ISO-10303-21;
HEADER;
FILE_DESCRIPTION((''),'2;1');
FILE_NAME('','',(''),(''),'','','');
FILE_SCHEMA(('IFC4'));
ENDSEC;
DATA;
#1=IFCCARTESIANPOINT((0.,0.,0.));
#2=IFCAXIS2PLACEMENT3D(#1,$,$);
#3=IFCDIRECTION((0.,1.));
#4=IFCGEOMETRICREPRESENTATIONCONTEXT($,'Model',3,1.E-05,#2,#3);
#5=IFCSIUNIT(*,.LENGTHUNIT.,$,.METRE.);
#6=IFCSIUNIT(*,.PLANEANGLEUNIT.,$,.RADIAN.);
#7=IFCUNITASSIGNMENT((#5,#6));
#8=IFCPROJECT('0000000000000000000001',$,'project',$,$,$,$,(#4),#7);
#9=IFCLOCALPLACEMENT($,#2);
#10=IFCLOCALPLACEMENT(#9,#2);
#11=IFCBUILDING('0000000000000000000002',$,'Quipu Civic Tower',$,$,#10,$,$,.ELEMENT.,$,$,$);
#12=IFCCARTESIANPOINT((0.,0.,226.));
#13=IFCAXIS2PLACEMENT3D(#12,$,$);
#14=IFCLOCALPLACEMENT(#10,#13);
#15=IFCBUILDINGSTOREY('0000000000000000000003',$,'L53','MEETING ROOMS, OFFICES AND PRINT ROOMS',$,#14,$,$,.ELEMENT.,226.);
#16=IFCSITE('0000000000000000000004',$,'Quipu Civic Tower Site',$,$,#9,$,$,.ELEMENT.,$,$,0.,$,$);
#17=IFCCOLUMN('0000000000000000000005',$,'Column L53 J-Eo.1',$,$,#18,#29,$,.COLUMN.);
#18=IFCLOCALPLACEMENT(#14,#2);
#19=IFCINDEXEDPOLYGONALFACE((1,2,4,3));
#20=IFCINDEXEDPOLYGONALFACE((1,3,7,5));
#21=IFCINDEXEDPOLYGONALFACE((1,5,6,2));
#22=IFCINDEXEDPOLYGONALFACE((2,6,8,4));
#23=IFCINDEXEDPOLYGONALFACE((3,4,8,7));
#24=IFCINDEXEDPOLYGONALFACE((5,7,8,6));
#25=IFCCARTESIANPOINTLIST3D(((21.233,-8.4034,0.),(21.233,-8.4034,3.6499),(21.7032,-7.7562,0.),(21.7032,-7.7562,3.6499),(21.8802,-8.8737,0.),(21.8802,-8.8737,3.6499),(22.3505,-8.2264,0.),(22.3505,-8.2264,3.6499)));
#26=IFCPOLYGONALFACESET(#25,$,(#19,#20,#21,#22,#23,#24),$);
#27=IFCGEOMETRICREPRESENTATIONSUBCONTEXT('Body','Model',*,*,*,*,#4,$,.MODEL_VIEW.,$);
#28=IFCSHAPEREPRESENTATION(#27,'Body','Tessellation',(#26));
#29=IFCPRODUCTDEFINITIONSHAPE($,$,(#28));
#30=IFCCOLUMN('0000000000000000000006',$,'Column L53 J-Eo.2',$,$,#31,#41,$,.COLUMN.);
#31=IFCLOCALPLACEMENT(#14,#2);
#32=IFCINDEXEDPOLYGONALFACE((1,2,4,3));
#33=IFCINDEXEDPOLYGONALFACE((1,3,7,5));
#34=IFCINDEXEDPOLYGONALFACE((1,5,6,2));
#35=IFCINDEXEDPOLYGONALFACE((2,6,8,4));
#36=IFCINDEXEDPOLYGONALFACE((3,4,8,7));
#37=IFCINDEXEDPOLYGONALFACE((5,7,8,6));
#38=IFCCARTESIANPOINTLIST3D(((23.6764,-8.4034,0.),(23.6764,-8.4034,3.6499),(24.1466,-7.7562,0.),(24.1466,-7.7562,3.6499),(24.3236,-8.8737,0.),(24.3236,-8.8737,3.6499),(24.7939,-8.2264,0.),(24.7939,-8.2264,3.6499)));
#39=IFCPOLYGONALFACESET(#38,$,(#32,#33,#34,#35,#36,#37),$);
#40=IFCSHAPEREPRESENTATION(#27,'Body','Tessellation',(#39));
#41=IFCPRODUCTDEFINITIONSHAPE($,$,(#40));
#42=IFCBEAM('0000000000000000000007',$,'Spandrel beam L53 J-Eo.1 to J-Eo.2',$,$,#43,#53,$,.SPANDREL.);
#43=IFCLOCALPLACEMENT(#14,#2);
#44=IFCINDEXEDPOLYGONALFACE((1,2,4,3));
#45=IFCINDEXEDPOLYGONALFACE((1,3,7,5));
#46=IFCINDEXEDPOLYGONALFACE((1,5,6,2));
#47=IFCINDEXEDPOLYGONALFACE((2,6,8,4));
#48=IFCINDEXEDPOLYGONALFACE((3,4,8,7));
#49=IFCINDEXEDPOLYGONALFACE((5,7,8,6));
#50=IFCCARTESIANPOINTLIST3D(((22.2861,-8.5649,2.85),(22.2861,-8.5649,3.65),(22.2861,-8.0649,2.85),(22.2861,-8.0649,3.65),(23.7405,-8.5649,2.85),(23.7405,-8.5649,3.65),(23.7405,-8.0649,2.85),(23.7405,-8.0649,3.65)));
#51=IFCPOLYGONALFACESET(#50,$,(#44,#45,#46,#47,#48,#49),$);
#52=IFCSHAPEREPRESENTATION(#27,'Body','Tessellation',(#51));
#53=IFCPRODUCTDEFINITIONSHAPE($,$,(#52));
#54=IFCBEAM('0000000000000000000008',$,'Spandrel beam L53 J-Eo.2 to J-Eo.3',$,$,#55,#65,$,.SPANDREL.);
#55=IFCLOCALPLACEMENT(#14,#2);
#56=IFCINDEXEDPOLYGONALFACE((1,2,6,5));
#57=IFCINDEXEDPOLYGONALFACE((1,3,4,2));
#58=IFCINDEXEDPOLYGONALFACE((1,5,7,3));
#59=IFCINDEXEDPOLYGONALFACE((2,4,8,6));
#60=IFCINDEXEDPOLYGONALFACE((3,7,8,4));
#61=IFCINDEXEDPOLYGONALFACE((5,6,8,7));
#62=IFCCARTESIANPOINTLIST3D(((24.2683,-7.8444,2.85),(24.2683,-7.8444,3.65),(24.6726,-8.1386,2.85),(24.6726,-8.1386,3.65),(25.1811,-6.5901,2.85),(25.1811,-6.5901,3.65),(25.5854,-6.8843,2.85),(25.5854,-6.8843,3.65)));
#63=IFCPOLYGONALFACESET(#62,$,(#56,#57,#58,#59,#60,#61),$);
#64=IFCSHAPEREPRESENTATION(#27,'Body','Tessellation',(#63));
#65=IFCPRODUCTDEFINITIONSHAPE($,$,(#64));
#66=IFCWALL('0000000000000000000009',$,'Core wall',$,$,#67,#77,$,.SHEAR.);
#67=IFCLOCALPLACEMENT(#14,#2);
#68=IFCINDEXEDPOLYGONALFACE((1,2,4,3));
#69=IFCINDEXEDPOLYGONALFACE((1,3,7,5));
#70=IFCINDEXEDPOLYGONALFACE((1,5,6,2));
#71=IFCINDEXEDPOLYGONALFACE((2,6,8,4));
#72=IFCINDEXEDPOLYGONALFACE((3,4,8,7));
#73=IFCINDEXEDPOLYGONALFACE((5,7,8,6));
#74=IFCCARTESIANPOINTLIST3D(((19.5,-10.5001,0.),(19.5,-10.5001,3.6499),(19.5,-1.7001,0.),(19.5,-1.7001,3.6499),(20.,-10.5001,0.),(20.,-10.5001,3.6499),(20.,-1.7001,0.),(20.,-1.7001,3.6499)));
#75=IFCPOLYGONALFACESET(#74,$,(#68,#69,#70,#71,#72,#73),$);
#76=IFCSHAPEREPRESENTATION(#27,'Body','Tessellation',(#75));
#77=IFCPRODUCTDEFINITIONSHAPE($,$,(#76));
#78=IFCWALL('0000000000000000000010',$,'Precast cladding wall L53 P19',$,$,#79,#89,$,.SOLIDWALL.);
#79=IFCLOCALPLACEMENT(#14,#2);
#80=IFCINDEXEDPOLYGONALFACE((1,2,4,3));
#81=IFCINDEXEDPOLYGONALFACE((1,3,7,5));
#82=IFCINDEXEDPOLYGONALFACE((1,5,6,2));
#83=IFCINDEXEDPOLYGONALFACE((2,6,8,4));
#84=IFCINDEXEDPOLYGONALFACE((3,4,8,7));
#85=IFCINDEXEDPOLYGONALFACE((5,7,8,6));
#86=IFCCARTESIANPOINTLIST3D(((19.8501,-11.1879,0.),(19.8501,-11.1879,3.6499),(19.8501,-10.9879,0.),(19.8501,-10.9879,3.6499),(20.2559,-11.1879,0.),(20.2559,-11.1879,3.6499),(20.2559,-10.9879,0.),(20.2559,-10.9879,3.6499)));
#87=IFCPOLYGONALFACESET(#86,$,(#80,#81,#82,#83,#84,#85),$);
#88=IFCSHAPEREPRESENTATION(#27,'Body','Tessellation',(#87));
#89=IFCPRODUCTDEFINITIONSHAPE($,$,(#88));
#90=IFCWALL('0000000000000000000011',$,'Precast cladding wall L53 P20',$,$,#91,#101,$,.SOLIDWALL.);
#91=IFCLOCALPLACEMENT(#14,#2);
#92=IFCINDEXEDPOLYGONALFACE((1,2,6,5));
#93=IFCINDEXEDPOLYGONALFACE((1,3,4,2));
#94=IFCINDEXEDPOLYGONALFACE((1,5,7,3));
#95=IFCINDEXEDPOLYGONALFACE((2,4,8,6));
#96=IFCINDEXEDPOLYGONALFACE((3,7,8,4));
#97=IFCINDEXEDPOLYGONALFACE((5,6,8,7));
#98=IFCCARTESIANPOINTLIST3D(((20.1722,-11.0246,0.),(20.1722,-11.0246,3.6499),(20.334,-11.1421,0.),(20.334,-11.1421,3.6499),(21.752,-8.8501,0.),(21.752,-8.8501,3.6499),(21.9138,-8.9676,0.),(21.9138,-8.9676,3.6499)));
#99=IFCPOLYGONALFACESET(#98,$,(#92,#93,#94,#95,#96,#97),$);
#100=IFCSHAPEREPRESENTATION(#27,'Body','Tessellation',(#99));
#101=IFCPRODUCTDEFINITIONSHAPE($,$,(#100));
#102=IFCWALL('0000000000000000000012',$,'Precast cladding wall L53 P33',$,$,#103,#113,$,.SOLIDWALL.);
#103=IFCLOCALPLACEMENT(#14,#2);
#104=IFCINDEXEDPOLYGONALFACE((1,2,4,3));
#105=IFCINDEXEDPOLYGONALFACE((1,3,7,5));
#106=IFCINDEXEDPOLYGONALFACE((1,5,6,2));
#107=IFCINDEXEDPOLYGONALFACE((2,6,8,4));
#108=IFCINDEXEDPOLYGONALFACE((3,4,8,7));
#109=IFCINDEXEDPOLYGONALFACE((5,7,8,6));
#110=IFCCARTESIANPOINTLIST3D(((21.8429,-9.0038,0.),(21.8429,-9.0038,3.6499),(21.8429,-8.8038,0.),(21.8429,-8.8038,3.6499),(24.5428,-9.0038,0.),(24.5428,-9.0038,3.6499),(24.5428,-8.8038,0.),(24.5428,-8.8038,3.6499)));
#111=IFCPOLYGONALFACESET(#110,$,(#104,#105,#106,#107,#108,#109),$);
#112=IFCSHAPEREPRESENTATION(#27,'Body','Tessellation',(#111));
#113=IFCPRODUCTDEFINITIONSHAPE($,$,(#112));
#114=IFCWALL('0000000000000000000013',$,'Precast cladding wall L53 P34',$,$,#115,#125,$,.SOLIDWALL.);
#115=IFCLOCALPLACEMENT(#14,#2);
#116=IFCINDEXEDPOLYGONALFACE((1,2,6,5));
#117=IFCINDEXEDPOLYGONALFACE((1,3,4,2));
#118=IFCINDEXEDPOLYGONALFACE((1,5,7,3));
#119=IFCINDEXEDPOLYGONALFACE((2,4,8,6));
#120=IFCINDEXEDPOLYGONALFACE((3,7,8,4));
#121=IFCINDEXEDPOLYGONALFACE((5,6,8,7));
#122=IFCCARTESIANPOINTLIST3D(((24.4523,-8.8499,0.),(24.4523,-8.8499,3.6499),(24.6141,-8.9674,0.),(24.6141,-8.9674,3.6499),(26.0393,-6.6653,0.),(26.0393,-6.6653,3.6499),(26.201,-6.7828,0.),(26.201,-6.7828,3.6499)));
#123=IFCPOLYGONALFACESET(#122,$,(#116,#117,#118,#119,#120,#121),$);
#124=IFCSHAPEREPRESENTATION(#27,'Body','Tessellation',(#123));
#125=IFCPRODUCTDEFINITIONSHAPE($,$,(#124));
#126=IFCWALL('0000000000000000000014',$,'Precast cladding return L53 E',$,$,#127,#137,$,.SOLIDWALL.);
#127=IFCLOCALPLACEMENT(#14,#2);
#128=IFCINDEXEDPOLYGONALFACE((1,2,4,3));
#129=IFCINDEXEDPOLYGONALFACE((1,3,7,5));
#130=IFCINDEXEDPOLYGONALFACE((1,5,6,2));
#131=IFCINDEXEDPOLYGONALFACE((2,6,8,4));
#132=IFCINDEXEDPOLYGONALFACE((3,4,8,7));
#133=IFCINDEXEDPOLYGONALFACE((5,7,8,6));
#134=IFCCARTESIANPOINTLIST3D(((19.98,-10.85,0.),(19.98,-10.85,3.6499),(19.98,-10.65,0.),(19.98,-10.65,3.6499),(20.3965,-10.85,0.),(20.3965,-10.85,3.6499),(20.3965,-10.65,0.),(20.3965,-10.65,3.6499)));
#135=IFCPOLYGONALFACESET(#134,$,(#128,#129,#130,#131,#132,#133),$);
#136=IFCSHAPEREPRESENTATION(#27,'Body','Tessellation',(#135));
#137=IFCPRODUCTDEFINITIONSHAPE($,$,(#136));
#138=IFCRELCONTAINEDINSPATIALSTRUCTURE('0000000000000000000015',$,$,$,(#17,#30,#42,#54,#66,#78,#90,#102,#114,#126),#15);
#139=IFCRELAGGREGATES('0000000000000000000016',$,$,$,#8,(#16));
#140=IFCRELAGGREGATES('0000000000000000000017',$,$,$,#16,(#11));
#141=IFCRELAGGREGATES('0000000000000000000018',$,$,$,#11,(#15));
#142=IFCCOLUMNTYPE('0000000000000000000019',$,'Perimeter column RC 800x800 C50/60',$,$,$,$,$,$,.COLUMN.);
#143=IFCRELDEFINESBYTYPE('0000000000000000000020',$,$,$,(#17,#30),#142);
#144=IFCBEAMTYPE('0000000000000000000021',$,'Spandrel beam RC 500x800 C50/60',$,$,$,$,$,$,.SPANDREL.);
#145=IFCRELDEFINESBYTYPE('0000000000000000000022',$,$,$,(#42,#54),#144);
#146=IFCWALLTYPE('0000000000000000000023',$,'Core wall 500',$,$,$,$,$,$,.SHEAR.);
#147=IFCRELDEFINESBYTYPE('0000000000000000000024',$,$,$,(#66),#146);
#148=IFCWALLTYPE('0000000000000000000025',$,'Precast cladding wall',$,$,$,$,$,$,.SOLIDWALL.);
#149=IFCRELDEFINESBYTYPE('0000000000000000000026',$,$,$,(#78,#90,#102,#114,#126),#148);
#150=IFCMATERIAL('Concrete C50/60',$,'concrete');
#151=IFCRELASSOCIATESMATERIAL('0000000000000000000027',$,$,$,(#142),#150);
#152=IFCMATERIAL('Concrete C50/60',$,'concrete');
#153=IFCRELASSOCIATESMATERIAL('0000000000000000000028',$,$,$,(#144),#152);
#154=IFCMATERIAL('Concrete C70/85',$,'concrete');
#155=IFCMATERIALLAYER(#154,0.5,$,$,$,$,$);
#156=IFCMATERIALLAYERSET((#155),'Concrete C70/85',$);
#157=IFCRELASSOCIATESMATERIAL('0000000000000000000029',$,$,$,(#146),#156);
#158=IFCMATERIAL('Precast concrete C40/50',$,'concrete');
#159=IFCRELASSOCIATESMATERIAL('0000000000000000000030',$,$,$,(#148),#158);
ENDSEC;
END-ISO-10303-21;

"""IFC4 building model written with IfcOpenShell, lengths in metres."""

from ifc_helpers import new_model, si_unit, direction, frame, frame_2d, origin, origin_2d, place, context, subcontext, project, spatial, rectangle, extrude, material, layer, layer_set, material_profile, profile_set, type_object, element, save


model = new_model("IFC4")

# Units and contexts
model_context = context("Model", 3, precision=1e-05, world=origin(), true_north=direction((0.0, 1.0)))
body_context = subcontext(model_context, "Body", "Model", "MODEL_VIEW")
ifc_project = project(units=[si_unit("LENGTHUNIT", "METRE"), si_unit("PLANEANGLEUNIT", "RADIAN")], contexts=[model_context])

# Site, building, storey
site_placement = place(None, origin())
site = spatial("IfcSite", under=ifc_project, at=site_placement, Name="Quipu Civic Tower Site", CompositionType="ELEMENT", RefElevation=0.0)
building_placement = place(site_placement, origin())
building = spatial("IfcBuilding", under=site, at=building_placement, Name="Quipu Civic Tower", CompositionType="ELEMENT")
storey_placement = place(building_placement, frame((0.0, 0.0, 226.0)))
storey = spatial("IfcBuildingStorey", under=building, at=storey_placement, Name="L53", Description="MEETING ROOMS, OFFICES AND PRINT ROOMS", CompositionType="ELEMENT", Elevation=226.0)

# Columns
ifc_material_1 = material(Name="Concrete C50/60", Category="concrete")
ifc_material_profile_1 = material_profile(ifc_material_1, rectangle(XDim=0.8, YDim=0.8, at=origin_2d()), Name="RC800x800")
ifc_profile_set_1 = profile_set([ifc_material_profile_1], Name="Concrete C50/60")
column_type = type_object("IfcColumnType", Name="Perimeter column RC 800x800 C50/60", PredefinedType="COLUMN", material=ifc_profile_set_1)
for number, where, z_axis, x_axis, name in (
    (1, (21.7917, -8.3149, 0.0), (0.0, 0.0, 1.0), (0.587785, 0.809017, 0.0), "Column L53 J-Eo.1"),
    (2, (24.2351, -8.3149, 0.0), (0.0, 0.0, 1.0), (0.587785, 0.809017, 0.0), "Column L53 J-Eo.2"),
):
    element("IfcColumn", number, at=place(storey_placement, frame(where, z_axis=z_axis, x_axis=x_axis)), inside=storey, type_object=column_type, Name=name, PredefinedType="COLUMN", context=body_context, shape_type="SweptSolid", body=[
        extrude(rectangle(XDim=0.8, YDim=0.8, at=origin_2d()), origin(), (0.0, 0.0, 1.0), 3.6499),
    ])

# Beams
ifc_material_2 = material(Name="Concrete C50/60", Category="concrete")
ifc_material_profile_2 = material_profile(ifc_material_2, rectangle(XDim=0.5, YDim=0.8, at=origin_2d()), Name="RC500x800")
ifc_profile_set_2 = profile_set([ifc_material_profile_2], Name="Concrete C50/60")
beam_type = type_object("IfcBeamType", Name="Spandrel beam RC 500x800 C50/60", PredefinedType="SPANDREL", material=ifc_profile_set_2)
beam_1_placement = place(storey_placement, frame((22.2861, -8.3149, 3.25), z_axis=(1.0, 0.0, 0.0), x_axis=(0.0, 1.0, 0.0)))
element("IfcBeam", 3, at=beam_1_placement, inside=storey, type_object=beam_type, Name="Spandrel beam L53 J-Eo.1 to J-Eo.2", PredefinedType="SPANDREL", context=body_context, shape_type="SweptSolid", body=[
    extrude(rectangle(XDim=0.5, YDim=0.8, at=origin_2d()), origin(), (0.0, 0.0, 1.0), 1.4543),
])
beam_2_placement = place(storey_placement, frame((24.4705, -7.9915, 3.25), z_axis=(0.588406, 0.808566, 0.0), x_axis=(-0.808566, 0.588406, 0.0)))
element("IfcBeam", 4, at=beam_2_placement, inside=storey, type_object=beam_type, Name="Spandrel beam L53 J-Eo.2 to J-Eo.3", PredefinedType="SPANDREL", context=body_context, shape_type="SweptSolid", body=[
    extrude(rectangle(XDim=0.5, YDim=0.8, at=origin_2d()), origin(), (0.0, 0.0, 1.0), 1.5513),
])

# Walls
ifc_material_3 = material(Name="Concrete C70/85", Category="concrete")
ifc_layer = layer(ifc_material_3, 0.5)
ifc_layer_set = layer_set([ifc_layer], Name="Concrete C70/85")
wall_type_1 = type_object("IfcWallType", Name="Core wall 500", PredefinedType="SHEAR", material=ifc_layer_set)
wall_1_placement = place(storey_placement, frame((19.75, -10.5, 0.0), z_axis=(0.0, 0.0, 1.0), x_axis=(0.0, 1.0, 0.0)))
element("IfcWall", 5, at=wall_1_placement, inside=storey, type_object=wall_type_1, Name="Core wall", PredefinedType="SHEAR", context=body_context, shape_type="SweptSolid", body=[
    extrude(rectangle(XDim=8.8, YDim=0.5, at=frame_2d((4.3999, 0.0))), origin(), (0.0, 0.0, 1.0), 3.6499),
])
ifc_material_4 = material(Name="Precast concrete C40/50", Category="concrete")
wall_type_2 = type_object("IfcWallType", Name="Precast cladding wall", PredefinedType="SOLIDWALL", material=ifc_material_4)
wall_2_placement = place(storey_placement, frame((19.8501, -11.0879, 0.0), z_axis=(0.0, 0.0, 1.0), x_axis=(1.0, 0.0, 0.0)))
element("IfcWall", 6, at=wall_2_placement, inside=storey, type_object=wall_type_2, Name="Precast cladding wall L53 P19", PredefinedType="SOLIDWALL", context=body_context, shape_type="SweptSolid", body=[
    extrude(rectangle(XDim=0.4058, YDim=0.2, at=frame_2d((0.2029, 0.0))), origin(), (0.0, 0.0, 1.0), 3.6499),
])
wall_3_placement = place(storey_placement, frame((20.2532, -11.0833, 0.0), z_axis=(0.0, 0.0, 1.0), x_axis=(0.587767, 0.809031, 0.0)))
element("IfcWall", 7, at=wall_3_placement, inside=storey, type_object=wall_type_2, Name="Precast cladding wall L53 P20", PredefinedType="SOLIDWALL", context=body_context, shape_type="SweptSolid", body=[
    extrude(rectangle(XDim=2.6877, YDim=0.2, at=frame_2d((1.3438, 0.0))), origin(), (0.0, 0.0, 1.0), 3.6499),
])
wall_4_placement = place(storey_placement, frame((21.8428, -8.9038, 0.0), z_axis=(0.0, 0.0, 1.0), x_axis=(1.0, 0.0, 0.0)))
element("IfcWall", 8, at=wall_4_placement, inside=storey, type_object=wall_type_2, Name="Precast cladding wall L53 P33", PredefinedType="SOLIDWALL", context=body_context, shape_type="SweptSolid", body=[
    extrude(rectangle(XDim=2.7, YDim=0.2, at=frame_2d((1.3501, 0.0))), origin(), (0.0, 0.0, 1.0), 3.6499),
])
wall_5_placement = place(storey_placement, frame((24.5332, -8.9087, 0.0), z_axis=(0.0, 0.0, 1.0), x_axis=(0.58772, 0.809064, 0.0)))
element("IfcWall", 9, at=wall_5_placement, inside=storey, type_object=wall_type_2, Name="Precast cladding wall L53 P34", PredefinedType="SOLIDWALL", context=body_context, shape_type="SweptSolid", body=[
    extrude(rectangle(XDim=2.7002, YDim=0.2, at=frame_2d((1.3501, 0.0))), origin(), (0.0, 0.0, 1.0), 3.6499),
])
wall_6_placement = place(storey_placement, frame((19.98, -10.75, 0.0), z_axis=(0.0, 0.0, 1.0), x_axis=(1.0, 0.0, 0.0)))
element("IfcWall", 10, at=wall_6_placement, inside=storey, type_object=wall_type_2, Name="Precast cladding return L53 E", PredefinedType="SOLIDWALL", context=body_context, shape_type="SweptSolid", body=[
    extrude(rectangle(XDim=0.4165, YDim=0.2, at=frame_2d((0.2083, 0.0))), origin(), (0.0, 0.0, 1.0), 3.6499),
])

save(model, "model.ifc")
